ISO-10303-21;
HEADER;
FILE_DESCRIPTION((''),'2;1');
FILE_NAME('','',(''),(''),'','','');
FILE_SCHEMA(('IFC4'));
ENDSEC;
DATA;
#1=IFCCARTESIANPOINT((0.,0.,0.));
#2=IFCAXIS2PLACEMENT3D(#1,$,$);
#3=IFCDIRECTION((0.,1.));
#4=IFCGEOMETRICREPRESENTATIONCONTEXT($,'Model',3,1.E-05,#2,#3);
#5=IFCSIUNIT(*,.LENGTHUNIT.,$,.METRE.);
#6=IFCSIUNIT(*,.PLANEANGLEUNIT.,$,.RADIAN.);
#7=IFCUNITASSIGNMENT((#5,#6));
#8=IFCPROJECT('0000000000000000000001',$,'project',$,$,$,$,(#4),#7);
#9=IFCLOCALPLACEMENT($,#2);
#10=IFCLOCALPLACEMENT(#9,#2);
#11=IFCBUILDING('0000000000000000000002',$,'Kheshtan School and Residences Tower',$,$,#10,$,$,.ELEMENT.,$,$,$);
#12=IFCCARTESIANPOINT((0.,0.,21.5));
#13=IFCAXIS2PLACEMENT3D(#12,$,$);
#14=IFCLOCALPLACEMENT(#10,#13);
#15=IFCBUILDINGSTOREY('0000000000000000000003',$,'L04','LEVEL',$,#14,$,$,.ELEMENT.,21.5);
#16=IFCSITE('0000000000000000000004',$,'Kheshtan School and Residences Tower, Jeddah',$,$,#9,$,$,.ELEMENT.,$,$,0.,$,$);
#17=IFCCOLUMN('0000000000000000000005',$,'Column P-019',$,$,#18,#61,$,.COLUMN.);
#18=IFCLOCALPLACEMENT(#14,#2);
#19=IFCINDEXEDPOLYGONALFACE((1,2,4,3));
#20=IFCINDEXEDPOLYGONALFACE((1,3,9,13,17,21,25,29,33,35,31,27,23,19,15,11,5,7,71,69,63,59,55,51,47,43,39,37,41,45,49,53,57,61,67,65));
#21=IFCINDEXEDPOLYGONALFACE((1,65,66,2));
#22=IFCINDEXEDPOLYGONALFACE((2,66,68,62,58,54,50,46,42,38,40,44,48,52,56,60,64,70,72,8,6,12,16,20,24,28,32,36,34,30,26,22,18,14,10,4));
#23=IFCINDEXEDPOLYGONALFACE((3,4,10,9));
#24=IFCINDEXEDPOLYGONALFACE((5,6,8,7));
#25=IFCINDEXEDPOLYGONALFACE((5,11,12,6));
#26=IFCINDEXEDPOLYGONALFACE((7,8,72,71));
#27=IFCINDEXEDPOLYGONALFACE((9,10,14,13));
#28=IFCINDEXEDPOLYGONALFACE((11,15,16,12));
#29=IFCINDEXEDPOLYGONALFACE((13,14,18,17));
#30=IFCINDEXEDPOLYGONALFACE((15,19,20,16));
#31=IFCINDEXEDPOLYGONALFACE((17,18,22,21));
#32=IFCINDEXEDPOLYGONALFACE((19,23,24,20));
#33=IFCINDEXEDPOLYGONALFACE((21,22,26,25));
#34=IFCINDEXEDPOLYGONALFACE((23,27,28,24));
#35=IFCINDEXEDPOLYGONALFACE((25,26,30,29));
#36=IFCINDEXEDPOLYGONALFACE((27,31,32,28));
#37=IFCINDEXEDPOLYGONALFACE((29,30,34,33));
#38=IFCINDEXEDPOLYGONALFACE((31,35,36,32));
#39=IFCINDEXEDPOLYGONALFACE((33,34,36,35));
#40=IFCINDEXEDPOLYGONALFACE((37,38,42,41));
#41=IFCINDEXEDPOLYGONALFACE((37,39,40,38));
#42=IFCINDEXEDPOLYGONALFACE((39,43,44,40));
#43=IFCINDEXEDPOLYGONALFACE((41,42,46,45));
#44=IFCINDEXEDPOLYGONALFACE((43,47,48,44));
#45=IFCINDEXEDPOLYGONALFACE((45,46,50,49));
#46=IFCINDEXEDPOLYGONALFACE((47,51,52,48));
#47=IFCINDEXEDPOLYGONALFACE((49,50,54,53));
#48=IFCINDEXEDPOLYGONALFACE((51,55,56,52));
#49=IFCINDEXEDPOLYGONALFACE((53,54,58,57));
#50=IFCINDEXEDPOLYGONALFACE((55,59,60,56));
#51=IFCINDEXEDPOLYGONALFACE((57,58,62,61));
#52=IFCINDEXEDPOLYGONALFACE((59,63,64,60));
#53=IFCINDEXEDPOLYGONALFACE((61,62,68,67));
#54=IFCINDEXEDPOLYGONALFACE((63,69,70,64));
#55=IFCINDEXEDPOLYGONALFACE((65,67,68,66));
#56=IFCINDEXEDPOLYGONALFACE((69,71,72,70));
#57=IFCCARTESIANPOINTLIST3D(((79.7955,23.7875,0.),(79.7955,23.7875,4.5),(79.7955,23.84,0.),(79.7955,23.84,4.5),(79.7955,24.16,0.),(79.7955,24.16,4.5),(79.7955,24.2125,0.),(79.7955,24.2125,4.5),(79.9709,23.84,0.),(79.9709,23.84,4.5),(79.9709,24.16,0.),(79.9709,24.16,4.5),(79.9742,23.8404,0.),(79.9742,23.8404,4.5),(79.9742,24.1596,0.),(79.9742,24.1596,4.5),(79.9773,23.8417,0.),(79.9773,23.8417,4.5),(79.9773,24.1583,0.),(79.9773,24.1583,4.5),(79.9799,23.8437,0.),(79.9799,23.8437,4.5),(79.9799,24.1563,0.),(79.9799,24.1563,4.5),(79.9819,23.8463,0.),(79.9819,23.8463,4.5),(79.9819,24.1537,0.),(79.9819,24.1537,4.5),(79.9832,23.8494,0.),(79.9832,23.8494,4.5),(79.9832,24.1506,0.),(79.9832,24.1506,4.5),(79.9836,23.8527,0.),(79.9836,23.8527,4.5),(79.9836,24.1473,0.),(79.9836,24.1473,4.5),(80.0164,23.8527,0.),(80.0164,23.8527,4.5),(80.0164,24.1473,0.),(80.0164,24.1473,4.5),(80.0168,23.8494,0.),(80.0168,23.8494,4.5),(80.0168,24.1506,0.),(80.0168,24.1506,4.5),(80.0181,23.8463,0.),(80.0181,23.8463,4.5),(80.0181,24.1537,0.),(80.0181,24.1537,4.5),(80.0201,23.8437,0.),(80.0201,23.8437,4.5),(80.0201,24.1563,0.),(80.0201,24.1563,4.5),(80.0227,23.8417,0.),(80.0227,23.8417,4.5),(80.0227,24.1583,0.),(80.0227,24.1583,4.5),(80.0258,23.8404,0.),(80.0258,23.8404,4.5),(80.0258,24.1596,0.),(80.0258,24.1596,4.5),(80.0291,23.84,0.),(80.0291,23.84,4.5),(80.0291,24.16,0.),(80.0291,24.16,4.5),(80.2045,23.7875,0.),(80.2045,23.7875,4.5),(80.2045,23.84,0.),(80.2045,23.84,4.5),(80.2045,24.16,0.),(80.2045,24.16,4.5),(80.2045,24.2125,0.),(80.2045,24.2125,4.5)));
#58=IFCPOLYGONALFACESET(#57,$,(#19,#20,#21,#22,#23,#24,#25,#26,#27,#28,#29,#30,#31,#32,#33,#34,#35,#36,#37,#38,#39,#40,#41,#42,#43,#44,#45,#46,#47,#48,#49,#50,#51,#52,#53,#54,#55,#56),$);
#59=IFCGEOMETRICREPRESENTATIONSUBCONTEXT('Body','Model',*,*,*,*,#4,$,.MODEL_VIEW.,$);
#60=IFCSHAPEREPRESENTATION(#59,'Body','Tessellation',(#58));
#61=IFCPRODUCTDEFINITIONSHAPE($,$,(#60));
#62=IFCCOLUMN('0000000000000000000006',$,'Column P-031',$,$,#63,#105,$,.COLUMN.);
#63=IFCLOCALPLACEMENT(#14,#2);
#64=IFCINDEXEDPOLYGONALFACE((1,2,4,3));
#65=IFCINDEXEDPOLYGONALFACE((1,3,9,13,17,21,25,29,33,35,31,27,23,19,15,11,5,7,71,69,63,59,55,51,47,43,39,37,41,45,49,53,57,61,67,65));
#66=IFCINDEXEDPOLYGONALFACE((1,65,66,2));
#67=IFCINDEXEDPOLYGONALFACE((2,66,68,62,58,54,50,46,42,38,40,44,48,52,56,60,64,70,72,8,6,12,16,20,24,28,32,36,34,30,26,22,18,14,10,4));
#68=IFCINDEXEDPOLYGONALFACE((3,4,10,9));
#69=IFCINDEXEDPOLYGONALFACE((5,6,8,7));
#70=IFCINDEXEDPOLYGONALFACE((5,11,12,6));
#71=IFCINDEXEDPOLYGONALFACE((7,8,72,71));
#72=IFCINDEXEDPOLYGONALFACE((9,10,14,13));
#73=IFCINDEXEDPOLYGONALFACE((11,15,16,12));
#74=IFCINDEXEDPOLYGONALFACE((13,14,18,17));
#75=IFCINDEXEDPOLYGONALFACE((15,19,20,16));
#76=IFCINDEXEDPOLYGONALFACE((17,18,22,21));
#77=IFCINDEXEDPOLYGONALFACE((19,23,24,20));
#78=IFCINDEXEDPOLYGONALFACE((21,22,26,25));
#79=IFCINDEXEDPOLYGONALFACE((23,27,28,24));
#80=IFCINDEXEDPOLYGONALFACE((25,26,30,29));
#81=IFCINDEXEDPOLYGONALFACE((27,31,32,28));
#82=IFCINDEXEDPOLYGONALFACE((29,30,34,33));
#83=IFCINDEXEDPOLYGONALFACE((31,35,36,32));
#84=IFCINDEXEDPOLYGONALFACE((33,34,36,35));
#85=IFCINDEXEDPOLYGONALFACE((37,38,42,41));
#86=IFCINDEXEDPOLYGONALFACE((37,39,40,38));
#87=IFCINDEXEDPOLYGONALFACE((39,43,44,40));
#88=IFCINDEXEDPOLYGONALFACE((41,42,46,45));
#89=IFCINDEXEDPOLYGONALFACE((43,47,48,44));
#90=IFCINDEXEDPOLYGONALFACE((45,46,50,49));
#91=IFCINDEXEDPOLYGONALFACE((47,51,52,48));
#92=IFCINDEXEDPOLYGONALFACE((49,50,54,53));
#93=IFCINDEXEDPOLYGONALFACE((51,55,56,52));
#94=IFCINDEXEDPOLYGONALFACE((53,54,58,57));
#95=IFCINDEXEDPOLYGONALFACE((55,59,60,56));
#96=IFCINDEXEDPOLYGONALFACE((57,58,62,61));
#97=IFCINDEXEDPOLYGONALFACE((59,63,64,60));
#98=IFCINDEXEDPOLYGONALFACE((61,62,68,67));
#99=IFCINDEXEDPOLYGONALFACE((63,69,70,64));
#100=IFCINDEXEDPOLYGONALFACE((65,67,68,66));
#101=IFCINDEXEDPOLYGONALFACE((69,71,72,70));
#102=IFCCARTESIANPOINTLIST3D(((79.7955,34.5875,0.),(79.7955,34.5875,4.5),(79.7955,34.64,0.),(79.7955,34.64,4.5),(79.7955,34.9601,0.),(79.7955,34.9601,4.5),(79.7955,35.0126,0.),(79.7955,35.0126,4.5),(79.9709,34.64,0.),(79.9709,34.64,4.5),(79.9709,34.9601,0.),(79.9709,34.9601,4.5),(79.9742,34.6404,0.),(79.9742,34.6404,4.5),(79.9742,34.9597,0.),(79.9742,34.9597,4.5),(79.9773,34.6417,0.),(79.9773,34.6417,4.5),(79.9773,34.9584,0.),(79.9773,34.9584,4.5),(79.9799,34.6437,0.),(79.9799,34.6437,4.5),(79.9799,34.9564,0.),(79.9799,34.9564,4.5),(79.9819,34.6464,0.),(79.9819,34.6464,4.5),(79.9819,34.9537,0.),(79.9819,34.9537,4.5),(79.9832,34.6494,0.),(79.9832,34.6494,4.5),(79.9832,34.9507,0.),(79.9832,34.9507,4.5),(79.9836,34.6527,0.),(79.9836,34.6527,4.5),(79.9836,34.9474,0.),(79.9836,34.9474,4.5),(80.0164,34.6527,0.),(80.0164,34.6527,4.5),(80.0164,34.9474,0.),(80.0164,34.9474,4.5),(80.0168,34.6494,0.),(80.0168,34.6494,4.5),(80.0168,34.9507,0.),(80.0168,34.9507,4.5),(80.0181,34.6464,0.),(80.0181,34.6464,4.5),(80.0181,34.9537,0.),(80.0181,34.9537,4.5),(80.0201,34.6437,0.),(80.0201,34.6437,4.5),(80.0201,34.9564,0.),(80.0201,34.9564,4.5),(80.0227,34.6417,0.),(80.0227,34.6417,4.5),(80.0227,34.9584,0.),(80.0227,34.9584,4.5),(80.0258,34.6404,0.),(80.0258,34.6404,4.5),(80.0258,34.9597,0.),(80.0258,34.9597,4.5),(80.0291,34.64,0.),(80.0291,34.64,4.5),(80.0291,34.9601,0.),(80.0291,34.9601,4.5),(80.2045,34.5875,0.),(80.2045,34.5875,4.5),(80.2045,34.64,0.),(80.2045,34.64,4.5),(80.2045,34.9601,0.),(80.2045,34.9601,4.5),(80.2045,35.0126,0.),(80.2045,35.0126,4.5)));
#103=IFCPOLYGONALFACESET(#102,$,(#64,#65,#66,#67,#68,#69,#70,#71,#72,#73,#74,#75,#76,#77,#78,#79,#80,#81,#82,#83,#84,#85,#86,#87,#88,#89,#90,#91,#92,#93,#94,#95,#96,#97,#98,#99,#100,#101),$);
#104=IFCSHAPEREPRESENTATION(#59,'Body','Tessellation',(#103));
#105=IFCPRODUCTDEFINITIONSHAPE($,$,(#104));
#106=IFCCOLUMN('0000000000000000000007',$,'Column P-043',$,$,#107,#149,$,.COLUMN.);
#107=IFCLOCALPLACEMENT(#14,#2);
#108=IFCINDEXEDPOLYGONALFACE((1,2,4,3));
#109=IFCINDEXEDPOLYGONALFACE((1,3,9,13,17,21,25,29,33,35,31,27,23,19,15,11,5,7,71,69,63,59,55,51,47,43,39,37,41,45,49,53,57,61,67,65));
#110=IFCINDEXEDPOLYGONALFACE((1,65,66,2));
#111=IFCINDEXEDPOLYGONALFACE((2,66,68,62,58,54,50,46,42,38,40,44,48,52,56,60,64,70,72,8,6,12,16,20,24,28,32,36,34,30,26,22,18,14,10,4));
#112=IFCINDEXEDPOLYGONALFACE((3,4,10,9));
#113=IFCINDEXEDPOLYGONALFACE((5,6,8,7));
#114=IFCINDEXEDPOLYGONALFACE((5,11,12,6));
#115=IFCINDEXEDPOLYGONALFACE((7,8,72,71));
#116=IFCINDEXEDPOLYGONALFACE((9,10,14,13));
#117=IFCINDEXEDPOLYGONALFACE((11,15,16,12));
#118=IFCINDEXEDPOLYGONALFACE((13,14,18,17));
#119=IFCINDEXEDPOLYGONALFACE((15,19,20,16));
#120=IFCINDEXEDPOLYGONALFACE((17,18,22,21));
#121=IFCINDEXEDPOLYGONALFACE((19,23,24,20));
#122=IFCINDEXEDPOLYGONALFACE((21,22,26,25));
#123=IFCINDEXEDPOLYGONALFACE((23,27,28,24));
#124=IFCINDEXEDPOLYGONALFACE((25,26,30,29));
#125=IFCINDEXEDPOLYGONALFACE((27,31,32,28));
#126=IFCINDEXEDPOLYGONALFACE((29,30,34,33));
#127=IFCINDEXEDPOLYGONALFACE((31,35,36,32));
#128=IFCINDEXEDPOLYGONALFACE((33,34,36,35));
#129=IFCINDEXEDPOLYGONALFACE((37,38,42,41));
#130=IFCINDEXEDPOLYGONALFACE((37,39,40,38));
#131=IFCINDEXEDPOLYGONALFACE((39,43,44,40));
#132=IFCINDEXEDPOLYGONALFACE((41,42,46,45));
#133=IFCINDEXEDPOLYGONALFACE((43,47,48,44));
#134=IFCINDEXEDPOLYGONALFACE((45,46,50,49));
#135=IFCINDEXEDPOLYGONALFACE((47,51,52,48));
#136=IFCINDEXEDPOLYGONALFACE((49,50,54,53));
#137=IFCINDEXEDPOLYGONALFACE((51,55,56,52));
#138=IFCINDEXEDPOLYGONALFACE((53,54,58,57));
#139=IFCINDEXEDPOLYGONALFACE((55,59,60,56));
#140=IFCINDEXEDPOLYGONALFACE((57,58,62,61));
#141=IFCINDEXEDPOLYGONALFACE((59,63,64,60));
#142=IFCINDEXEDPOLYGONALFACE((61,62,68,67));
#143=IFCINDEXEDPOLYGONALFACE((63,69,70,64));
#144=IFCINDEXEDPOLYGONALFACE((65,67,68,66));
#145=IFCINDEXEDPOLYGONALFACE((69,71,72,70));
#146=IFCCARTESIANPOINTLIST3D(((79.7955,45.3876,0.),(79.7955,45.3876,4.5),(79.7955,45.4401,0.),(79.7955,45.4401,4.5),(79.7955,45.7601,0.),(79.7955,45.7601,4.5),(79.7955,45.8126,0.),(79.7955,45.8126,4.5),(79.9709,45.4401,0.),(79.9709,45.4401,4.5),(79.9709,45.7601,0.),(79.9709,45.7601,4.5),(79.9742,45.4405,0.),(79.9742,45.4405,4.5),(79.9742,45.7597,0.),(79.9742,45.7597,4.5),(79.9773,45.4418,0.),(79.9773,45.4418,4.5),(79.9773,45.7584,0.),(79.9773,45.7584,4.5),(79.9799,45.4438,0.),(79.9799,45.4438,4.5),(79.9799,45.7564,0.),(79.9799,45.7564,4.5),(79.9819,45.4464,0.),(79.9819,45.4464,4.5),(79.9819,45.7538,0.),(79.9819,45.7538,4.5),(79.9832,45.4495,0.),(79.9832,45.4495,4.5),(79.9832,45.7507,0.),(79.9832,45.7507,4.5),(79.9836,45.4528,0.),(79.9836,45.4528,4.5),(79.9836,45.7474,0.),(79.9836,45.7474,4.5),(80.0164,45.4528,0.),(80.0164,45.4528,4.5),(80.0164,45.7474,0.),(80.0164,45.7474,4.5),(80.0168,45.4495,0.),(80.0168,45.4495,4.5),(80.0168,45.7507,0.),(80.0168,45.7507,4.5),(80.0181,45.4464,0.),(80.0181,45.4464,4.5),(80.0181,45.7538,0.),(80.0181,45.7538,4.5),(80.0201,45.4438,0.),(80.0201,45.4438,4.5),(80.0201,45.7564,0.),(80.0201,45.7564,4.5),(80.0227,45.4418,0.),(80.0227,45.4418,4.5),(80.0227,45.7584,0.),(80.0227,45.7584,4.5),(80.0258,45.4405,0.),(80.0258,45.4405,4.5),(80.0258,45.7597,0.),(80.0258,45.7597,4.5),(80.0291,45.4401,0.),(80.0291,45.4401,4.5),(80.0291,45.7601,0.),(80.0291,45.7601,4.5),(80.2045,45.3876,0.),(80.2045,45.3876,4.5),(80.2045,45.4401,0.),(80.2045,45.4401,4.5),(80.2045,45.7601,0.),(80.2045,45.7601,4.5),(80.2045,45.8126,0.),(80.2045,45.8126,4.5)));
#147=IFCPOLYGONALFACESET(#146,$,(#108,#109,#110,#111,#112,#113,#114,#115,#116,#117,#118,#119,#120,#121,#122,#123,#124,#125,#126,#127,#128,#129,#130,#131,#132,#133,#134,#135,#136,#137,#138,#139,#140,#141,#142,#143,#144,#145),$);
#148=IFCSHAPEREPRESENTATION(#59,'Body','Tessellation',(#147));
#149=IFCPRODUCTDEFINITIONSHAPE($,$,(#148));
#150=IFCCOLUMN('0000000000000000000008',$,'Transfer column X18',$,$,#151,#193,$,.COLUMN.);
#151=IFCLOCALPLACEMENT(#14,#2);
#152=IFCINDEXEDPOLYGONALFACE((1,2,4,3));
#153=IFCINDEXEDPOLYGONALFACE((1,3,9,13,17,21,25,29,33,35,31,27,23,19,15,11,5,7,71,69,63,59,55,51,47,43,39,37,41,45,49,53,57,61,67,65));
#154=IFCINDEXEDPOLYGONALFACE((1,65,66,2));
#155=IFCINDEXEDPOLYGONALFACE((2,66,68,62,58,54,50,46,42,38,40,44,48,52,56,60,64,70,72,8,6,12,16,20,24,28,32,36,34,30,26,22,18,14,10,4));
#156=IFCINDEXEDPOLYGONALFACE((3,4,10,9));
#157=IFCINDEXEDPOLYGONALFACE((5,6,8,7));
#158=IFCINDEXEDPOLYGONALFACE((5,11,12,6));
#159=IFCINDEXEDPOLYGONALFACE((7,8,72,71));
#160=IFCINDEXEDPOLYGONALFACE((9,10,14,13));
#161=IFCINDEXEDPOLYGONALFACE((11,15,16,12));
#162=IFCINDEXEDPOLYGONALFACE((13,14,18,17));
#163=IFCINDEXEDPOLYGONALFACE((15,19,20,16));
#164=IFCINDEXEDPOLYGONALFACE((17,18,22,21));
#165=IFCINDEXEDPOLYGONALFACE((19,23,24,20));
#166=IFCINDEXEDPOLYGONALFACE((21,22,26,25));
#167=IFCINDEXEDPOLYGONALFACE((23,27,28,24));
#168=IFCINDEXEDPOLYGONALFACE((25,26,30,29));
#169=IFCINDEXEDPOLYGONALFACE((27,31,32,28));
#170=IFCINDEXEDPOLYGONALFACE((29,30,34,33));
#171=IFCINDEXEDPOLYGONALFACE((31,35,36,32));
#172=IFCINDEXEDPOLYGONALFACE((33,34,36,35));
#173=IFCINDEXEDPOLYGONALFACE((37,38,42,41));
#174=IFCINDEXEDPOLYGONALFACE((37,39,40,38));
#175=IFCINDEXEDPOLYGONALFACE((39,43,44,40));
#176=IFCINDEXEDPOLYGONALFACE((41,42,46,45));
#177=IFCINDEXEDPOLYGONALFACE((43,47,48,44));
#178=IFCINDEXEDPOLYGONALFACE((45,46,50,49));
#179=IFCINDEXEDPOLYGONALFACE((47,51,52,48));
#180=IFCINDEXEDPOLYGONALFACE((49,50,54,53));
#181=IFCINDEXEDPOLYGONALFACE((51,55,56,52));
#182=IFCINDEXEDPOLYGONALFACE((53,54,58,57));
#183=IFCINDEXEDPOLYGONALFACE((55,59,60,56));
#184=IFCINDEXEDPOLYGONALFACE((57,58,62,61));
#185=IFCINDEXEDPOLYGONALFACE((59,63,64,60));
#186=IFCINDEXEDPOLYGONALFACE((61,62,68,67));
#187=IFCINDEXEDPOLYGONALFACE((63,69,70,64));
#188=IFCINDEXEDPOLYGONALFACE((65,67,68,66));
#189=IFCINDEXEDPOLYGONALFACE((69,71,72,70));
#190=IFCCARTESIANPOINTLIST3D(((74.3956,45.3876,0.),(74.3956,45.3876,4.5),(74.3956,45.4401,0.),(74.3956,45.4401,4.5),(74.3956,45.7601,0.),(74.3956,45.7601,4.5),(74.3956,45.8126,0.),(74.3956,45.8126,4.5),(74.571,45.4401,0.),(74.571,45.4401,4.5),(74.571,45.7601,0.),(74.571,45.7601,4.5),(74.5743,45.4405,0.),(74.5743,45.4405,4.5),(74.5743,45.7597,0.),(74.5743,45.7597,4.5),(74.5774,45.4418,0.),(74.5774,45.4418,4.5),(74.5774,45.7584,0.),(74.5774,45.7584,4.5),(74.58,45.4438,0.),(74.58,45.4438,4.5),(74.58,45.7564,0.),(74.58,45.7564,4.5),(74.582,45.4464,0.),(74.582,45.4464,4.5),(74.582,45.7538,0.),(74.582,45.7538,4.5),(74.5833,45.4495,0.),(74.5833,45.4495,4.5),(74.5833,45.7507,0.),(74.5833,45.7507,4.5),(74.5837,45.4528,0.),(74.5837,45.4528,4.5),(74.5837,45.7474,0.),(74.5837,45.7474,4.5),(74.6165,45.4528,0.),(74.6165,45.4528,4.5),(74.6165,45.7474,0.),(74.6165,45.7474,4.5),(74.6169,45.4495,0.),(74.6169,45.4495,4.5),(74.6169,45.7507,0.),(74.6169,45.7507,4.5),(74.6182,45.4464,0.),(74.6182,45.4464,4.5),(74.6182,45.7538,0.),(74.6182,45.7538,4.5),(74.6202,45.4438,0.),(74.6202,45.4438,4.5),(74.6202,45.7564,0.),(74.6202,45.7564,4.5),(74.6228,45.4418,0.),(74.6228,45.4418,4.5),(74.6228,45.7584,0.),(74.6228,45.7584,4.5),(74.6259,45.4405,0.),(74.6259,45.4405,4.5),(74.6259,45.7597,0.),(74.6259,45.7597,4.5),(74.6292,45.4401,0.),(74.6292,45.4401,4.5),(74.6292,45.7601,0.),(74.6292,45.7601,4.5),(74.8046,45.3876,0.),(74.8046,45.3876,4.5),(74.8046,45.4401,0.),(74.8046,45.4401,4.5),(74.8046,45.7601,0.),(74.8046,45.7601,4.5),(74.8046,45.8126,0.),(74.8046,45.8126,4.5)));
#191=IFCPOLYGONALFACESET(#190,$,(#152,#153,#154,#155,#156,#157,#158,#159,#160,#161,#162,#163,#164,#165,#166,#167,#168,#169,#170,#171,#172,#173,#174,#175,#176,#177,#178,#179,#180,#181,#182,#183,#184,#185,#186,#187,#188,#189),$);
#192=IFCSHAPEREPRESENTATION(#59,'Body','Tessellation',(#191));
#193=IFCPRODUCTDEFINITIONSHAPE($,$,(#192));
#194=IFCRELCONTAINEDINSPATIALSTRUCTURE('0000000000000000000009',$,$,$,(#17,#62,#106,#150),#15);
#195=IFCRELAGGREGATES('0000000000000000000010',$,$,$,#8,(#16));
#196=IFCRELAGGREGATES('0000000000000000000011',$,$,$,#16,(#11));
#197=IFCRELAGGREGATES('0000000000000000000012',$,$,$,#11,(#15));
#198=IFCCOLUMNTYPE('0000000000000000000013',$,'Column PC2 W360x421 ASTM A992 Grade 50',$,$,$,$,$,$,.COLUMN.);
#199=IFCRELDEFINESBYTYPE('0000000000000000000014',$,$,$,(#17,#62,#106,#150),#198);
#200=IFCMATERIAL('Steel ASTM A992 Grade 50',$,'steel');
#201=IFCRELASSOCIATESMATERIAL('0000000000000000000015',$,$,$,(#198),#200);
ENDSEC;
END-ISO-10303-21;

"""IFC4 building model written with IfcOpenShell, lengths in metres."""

from ifc_helpers import new_model, si_unit, direction, frame, origin, origin_2d, place, context, subcontext, project, spatial, i_section, extrude, material, material_profile, profile_set, type_object, element, save


model = new_model("IFC4")

# Units and contexts
model_context = context("Model", 3, precision=1e-05, world=origin(), true_north=direction((0.0, 1.0)))
body_context = subcontext(model_context, "Body", "Model", "MODEL_VIEW")
ifc_project = project(units=[si_unit("LENGTHUNIT", "METRE"), si_unit("PLANEANGLEUNIT", "RADIAN")], contexts=[model_context])

# Site, building, storey
site_placement = place(None, origin())
site = spatial("IfcSite", under=ifc_project, at=site_placement, Name="Kheshtan School and Residences Tower, Jeddah", CompositionType="ELEMENT", RefElevation=0.0)
building_placement = place(site_placement, origin())
building = spatial("IfcBuilding", under=site, at=building_placement, Name="Kheshtan School and Residences Tower", CompositionType="ELEMENT")
storey_placement = place(building_placement, frame((0.0, 0.0, 21.5)))
storey = spatial("IfcBuildingStorey", under=building, at=storey_placement, Name="L04", Description="LEVEL", CompositionType="ELEMENT", Elevation=21.5)

# Columns
ifc_material_1 = material(Name="Steel ASTM A992 Grade 50", Category="steel")
ifc_material_profile_1 = material_profile(ifc_material_1, i_section(OverallWidth=0.4089, OverallDepth=0.425, WebThickness=0.0327, FlangeThickness=0.0525, FilletRadius=0.0127, at=origin_2d()), Name="W360x421")
ifc_profile_set_1 = profile_set([ifc_material_profile_1], Name="Steel ASTM A992 Grade 50")
column_type = type_object("IfcColumnType", Name="Column PC2 W360x421 ASTM A992 Grade 50", PredefinedType="COLUMN", material=ifc_profile_set_1)
for number, where, z_axis, x_axis, name in (
    (1, (80.0, 24.0, 0.0), (0.0, 0.0, 1.0), (1.0, 0.0, 0.0), "Column P-019"),
    (2, (80.0, 34.8, 0.0), (0.0, 0.0, 1.0), (1.0, 0.0, 0.0), "Column P-031"),
    (3, (80.0, 45.6001, 0.0), (0.0, 0.0, 1.0), (1.0, 0.0, 0.0), "Column P-043"),
    (4, (74.6001, 45.6001, 0.0), (0.0, 0.0, 1.0), (1.0, 0.0, 0.0), "Transfer column X18"),
):
    element("IfcColumn", number, at=place(storey_placement, frame(where, z_axis=z_axis, x_axis=x_axis)), inside=storey, type_object=column_type, Name=name, PredefinedType="COLUMN", context=body_context, shape_type="SweptSolid", body=[
        extrude(i_section(OverallWidth=0.4089, OverallDepth=0.425, WebThickness=0.0327, FlangeThickness=0.0525, FilletRadius=0.0127, at=origin_2d()), origin(), (0.0, 0.0, 1.0), 4.5),
    ])

save(model, "model.ifc")
